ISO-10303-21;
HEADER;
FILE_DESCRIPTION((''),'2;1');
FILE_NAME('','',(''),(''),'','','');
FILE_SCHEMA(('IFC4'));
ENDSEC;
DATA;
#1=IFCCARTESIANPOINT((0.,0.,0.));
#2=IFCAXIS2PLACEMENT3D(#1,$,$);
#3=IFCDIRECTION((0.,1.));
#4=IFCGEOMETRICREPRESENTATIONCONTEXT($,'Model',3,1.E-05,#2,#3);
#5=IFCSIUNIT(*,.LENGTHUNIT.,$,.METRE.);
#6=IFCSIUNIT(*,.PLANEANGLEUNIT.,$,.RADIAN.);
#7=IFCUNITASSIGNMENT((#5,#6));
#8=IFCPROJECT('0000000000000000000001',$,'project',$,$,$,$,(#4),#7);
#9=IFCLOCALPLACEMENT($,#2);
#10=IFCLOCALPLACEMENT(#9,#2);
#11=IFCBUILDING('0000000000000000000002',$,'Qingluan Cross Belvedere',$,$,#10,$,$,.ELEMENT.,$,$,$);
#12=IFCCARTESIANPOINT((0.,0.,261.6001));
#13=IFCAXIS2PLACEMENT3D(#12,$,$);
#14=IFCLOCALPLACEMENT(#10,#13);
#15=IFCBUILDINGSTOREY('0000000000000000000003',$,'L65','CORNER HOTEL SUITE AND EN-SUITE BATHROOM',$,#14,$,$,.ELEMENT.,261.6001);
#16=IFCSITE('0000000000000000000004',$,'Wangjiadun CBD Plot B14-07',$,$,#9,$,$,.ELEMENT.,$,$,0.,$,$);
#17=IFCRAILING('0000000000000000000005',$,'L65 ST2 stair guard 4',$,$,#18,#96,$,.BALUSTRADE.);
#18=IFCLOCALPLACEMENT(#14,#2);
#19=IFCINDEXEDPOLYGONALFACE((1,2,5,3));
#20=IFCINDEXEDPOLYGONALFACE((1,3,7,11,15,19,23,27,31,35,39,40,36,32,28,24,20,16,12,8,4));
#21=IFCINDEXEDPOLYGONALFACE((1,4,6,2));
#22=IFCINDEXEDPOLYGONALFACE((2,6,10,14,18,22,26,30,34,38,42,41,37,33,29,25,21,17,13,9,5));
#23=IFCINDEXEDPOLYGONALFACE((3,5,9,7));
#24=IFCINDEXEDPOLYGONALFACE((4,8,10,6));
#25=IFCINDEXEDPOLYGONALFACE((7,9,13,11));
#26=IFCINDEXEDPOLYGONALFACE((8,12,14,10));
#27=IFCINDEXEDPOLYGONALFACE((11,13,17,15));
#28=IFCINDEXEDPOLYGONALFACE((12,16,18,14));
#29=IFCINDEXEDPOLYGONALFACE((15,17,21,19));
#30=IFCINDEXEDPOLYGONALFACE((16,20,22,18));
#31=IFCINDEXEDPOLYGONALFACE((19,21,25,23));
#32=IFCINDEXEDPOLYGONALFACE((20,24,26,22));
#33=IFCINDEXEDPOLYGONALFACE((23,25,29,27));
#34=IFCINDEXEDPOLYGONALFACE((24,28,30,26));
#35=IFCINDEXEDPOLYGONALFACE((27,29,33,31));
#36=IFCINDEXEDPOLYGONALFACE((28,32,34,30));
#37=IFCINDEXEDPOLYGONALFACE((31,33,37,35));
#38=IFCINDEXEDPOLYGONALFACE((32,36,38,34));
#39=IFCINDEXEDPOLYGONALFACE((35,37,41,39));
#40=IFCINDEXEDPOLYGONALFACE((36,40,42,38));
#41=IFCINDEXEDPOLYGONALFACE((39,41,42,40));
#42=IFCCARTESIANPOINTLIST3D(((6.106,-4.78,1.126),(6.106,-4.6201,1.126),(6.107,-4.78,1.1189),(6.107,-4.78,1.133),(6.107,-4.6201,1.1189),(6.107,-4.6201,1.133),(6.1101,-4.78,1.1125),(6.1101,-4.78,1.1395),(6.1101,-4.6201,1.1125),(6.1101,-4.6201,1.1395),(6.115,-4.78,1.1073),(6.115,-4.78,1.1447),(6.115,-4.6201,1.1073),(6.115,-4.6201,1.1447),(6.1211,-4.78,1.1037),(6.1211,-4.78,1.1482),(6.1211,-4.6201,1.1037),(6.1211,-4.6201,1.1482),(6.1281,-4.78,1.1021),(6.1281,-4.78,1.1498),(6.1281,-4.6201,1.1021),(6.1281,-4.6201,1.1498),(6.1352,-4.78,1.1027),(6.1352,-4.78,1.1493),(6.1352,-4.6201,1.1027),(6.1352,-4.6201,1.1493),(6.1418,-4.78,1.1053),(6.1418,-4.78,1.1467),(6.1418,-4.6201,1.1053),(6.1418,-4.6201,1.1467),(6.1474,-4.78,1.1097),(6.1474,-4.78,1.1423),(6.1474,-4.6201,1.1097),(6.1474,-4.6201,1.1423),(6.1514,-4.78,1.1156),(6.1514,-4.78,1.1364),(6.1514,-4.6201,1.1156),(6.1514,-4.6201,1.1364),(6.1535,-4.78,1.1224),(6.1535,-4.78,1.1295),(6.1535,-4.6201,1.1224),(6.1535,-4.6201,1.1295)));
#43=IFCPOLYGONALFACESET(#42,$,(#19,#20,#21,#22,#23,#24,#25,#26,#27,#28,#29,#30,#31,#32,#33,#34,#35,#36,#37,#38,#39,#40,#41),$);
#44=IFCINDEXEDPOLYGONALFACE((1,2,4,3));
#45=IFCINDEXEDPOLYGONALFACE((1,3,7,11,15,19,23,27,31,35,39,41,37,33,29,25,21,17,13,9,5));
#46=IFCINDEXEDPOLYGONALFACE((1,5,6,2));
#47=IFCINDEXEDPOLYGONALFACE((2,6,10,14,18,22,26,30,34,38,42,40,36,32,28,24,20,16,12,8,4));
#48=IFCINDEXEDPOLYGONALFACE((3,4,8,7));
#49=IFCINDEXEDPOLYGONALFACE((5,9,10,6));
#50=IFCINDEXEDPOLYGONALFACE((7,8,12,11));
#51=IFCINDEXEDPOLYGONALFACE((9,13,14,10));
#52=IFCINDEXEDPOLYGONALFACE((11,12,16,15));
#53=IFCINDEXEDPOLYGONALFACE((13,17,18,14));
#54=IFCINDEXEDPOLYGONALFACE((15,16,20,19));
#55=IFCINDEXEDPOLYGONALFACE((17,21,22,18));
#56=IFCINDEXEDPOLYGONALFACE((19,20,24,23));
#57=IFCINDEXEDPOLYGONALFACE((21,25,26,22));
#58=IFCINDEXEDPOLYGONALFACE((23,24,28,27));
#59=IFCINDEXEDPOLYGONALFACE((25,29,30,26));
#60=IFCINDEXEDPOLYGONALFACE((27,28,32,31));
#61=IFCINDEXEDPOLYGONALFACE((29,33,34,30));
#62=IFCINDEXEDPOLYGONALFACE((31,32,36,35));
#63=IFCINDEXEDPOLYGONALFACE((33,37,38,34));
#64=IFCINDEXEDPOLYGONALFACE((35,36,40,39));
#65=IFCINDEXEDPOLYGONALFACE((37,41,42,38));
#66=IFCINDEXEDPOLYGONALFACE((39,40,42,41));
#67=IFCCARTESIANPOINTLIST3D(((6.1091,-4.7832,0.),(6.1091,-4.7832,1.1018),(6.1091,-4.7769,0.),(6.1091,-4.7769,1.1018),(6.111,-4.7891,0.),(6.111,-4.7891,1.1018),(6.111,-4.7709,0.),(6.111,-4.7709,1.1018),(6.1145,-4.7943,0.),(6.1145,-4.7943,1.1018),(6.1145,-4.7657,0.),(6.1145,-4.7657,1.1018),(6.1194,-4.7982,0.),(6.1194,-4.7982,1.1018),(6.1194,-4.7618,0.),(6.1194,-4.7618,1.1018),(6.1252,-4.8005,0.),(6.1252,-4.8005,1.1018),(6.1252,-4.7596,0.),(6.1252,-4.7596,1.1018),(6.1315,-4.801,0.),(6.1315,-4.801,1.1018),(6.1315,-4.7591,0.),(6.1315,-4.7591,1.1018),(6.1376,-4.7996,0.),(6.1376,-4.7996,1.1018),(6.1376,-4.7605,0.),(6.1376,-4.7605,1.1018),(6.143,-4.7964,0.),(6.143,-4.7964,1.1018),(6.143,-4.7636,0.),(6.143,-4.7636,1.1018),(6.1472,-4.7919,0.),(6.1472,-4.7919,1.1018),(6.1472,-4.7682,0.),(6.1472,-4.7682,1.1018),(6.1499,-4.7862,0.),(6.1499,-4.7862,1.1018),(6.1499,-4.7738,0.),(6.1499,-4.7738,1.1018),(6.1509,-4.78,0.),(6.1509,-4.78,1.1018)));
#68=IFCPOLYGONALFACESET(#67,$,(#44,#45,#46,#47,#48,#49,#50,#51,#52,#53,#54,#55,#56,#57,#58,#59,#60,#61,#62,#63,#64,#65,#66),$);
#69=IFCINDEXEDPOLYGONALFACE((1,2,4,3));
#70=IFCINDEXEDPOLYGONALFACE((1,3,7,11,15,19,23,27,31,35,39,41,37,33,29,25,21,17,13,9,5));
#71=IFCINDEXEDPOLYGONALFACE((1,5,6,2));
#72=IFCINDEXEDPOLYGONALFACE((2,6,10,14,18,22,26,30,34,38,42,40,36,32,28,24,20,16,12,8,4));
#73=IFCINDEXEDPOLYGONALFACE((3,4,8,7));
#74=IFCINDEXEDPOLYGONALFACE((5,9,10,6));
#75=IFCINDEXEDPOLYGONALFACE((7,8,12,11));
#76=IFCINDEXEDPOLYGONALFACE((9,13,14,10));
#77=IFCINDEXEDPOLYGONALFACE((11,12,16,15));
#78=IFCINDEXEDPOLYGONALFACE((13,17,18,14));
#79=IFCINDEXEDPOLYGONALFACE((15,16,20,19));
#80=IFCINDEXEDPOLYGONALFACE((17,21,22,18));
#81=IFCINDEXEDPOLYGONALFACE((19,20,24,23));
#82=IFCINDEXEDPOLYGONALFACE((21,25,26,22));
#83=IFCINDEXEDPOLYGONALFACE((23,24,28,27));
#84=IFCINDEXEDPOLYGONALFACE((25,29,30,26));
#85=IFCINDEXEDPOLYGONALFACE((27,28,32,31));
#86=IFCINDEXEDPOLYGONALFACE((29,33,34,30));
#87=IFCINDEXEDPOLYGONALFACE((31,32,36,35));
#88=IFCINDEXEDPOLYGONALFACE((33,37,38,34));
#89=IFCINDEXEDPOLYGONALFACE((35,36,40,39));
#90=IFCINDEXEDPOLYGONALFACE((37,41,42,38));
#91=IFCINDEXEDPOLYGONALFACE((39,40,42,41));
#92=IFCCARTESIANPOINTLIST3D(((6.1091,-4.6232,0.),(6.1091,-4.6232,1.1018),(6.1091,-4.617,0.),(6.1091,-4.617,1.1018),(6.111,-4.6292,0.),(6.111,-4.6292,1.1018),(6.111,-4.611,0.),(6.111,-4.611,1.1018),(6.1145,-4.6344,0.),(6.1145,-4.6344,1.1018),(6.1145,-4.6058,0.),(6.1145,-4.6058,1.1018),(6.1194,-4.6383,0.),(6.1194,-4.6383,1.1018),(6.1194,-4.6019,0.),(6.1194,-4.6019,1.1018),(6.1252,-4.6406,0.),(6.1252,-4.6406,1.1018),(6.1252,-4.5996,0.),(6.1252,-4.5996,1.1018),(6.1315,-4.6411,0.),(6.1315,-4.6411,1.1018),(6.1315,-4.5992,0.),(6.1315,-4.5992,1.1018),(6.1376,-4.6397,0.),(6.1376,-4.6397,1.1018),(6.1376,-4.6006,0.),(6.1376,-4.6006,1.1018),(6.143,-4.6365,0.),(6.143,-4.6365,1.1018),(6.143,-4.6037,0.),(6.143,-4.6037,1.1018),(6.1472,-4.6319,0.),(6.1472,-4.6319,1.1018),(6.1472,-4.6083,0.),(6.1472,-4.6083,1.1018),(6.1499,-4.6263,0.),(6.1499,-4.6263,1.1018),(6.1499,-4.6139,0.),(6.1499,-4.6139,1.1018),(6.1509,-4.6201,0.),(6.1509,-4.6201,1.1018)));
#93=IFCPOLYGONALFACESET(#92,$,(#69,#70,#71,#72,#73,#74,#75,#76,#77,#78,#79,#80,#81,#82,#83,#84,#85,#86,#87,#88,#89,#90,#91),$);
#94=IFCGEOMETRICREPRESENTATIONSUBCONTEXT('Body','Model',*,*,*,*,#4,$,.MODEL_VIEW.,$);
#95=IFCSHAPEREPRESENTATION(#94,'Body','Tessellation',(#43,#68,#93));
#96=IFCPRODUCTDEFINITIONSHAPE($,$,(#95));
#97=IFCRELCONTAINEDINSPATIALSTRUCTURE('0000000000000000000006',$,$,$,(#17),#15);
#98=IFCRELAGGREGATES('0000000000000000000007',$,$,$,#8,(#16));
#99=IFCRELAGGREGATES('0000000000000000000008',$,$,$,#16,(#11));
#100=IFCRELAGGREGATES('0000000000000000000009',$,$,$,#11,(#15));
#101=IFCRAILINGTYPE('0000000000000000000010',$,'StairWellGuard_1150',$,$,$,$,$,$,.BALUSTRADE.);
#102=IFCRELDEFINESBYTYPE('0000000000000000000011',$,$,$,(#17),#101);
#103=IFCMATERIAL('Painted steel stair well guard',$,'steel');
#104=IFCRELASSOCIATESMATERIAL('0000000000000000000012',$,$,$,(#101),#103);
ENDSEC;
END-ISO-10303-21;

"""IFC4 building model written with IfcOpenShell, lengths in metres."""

from ifc_helpers import new_model, si_unit, direction, frame, origin, origin_2d, place, context, subcontext, project, spatial, circle, extrude, material, type_object, element, save


model = new_model("IFC4")

# Units and contexts
model_context = context("Model", 3, precision=1e-05, world=origin(), true_north=direction((0.0, 1.0)))
body_context = subcontext(model_context, "Body", "Model", "MODEL_VIEW")
ifc_project = project(units=[si_unit("LENGTHUNIT", "METRE"), si_unit("PLANEANGLEUNIT", "RADIAN")], contexts=[model_context])

# Site, building, storey
site_placement = place(None, origin())
site = spatial("IfcSite", under=ifc_project, at=site_placement, Name="Wangjiadun CBD Plot B14-07", CompositionType="ELEMENT", RefElevation=0.0)
building_placement = place(site_placement, origin())
building = spatial("IfcBuilding", under=site, at=building_placement, Name="Qingluan Cross Belvedere", CompositionType="ELEMENT")
storey_placement = place(building_placement, frame((0.0, 0.0, 261.6001)))
storey = spatial("IfcBuildingStorey", under=building, at=storey_placement, Name="L65", Description="CORNER HOTEL SUITE AND EN-SUITE BATHROOM", CompositionType="ELEMENT", Elevation=261.6001)

# Railing
ifc_material_1 = material(Name="Painted steel stair well guard", Category="steel")
railing_type_1 = type_object("IfcRailingType", Name="StairWellGuard_1150", PredefinedType="BALUSTRADE", material=ifc_material_1)
railing_1_placement = place(storey_placement, frame((6.1299, -4.78, 0.0)))
element("IfcRailing", 1, at=railing_1_placement, inside=storey, type_object=railing_type_1, Name="L65 ST2 stair guard 4", PredefinedType="BALUSTRADE", context=body_context, shape_type="SweptSolid", body=[
    extrude(circle(Radius=0.0239, at=origin_2d()), frame((0.0, 0.0, 1.126), z_axis=(0.0, 1.0, 0.0), x_axis=(-1.0, 0.0, 0.0)), (0.0, 0.0, 1.0), 0.1599),
    extrude(circle(Radius=0.021, at=origin_2d()), origin(), (0.0, 0.0, 1.0), 1.1018),
    extrude(circle(Radius=0.021, at=origin_2d()), frame((0.0, 0.1599, 0.0)), (0.0, 0.0, 1.0), 1.1018),
])

save(model, "model.ifc")
